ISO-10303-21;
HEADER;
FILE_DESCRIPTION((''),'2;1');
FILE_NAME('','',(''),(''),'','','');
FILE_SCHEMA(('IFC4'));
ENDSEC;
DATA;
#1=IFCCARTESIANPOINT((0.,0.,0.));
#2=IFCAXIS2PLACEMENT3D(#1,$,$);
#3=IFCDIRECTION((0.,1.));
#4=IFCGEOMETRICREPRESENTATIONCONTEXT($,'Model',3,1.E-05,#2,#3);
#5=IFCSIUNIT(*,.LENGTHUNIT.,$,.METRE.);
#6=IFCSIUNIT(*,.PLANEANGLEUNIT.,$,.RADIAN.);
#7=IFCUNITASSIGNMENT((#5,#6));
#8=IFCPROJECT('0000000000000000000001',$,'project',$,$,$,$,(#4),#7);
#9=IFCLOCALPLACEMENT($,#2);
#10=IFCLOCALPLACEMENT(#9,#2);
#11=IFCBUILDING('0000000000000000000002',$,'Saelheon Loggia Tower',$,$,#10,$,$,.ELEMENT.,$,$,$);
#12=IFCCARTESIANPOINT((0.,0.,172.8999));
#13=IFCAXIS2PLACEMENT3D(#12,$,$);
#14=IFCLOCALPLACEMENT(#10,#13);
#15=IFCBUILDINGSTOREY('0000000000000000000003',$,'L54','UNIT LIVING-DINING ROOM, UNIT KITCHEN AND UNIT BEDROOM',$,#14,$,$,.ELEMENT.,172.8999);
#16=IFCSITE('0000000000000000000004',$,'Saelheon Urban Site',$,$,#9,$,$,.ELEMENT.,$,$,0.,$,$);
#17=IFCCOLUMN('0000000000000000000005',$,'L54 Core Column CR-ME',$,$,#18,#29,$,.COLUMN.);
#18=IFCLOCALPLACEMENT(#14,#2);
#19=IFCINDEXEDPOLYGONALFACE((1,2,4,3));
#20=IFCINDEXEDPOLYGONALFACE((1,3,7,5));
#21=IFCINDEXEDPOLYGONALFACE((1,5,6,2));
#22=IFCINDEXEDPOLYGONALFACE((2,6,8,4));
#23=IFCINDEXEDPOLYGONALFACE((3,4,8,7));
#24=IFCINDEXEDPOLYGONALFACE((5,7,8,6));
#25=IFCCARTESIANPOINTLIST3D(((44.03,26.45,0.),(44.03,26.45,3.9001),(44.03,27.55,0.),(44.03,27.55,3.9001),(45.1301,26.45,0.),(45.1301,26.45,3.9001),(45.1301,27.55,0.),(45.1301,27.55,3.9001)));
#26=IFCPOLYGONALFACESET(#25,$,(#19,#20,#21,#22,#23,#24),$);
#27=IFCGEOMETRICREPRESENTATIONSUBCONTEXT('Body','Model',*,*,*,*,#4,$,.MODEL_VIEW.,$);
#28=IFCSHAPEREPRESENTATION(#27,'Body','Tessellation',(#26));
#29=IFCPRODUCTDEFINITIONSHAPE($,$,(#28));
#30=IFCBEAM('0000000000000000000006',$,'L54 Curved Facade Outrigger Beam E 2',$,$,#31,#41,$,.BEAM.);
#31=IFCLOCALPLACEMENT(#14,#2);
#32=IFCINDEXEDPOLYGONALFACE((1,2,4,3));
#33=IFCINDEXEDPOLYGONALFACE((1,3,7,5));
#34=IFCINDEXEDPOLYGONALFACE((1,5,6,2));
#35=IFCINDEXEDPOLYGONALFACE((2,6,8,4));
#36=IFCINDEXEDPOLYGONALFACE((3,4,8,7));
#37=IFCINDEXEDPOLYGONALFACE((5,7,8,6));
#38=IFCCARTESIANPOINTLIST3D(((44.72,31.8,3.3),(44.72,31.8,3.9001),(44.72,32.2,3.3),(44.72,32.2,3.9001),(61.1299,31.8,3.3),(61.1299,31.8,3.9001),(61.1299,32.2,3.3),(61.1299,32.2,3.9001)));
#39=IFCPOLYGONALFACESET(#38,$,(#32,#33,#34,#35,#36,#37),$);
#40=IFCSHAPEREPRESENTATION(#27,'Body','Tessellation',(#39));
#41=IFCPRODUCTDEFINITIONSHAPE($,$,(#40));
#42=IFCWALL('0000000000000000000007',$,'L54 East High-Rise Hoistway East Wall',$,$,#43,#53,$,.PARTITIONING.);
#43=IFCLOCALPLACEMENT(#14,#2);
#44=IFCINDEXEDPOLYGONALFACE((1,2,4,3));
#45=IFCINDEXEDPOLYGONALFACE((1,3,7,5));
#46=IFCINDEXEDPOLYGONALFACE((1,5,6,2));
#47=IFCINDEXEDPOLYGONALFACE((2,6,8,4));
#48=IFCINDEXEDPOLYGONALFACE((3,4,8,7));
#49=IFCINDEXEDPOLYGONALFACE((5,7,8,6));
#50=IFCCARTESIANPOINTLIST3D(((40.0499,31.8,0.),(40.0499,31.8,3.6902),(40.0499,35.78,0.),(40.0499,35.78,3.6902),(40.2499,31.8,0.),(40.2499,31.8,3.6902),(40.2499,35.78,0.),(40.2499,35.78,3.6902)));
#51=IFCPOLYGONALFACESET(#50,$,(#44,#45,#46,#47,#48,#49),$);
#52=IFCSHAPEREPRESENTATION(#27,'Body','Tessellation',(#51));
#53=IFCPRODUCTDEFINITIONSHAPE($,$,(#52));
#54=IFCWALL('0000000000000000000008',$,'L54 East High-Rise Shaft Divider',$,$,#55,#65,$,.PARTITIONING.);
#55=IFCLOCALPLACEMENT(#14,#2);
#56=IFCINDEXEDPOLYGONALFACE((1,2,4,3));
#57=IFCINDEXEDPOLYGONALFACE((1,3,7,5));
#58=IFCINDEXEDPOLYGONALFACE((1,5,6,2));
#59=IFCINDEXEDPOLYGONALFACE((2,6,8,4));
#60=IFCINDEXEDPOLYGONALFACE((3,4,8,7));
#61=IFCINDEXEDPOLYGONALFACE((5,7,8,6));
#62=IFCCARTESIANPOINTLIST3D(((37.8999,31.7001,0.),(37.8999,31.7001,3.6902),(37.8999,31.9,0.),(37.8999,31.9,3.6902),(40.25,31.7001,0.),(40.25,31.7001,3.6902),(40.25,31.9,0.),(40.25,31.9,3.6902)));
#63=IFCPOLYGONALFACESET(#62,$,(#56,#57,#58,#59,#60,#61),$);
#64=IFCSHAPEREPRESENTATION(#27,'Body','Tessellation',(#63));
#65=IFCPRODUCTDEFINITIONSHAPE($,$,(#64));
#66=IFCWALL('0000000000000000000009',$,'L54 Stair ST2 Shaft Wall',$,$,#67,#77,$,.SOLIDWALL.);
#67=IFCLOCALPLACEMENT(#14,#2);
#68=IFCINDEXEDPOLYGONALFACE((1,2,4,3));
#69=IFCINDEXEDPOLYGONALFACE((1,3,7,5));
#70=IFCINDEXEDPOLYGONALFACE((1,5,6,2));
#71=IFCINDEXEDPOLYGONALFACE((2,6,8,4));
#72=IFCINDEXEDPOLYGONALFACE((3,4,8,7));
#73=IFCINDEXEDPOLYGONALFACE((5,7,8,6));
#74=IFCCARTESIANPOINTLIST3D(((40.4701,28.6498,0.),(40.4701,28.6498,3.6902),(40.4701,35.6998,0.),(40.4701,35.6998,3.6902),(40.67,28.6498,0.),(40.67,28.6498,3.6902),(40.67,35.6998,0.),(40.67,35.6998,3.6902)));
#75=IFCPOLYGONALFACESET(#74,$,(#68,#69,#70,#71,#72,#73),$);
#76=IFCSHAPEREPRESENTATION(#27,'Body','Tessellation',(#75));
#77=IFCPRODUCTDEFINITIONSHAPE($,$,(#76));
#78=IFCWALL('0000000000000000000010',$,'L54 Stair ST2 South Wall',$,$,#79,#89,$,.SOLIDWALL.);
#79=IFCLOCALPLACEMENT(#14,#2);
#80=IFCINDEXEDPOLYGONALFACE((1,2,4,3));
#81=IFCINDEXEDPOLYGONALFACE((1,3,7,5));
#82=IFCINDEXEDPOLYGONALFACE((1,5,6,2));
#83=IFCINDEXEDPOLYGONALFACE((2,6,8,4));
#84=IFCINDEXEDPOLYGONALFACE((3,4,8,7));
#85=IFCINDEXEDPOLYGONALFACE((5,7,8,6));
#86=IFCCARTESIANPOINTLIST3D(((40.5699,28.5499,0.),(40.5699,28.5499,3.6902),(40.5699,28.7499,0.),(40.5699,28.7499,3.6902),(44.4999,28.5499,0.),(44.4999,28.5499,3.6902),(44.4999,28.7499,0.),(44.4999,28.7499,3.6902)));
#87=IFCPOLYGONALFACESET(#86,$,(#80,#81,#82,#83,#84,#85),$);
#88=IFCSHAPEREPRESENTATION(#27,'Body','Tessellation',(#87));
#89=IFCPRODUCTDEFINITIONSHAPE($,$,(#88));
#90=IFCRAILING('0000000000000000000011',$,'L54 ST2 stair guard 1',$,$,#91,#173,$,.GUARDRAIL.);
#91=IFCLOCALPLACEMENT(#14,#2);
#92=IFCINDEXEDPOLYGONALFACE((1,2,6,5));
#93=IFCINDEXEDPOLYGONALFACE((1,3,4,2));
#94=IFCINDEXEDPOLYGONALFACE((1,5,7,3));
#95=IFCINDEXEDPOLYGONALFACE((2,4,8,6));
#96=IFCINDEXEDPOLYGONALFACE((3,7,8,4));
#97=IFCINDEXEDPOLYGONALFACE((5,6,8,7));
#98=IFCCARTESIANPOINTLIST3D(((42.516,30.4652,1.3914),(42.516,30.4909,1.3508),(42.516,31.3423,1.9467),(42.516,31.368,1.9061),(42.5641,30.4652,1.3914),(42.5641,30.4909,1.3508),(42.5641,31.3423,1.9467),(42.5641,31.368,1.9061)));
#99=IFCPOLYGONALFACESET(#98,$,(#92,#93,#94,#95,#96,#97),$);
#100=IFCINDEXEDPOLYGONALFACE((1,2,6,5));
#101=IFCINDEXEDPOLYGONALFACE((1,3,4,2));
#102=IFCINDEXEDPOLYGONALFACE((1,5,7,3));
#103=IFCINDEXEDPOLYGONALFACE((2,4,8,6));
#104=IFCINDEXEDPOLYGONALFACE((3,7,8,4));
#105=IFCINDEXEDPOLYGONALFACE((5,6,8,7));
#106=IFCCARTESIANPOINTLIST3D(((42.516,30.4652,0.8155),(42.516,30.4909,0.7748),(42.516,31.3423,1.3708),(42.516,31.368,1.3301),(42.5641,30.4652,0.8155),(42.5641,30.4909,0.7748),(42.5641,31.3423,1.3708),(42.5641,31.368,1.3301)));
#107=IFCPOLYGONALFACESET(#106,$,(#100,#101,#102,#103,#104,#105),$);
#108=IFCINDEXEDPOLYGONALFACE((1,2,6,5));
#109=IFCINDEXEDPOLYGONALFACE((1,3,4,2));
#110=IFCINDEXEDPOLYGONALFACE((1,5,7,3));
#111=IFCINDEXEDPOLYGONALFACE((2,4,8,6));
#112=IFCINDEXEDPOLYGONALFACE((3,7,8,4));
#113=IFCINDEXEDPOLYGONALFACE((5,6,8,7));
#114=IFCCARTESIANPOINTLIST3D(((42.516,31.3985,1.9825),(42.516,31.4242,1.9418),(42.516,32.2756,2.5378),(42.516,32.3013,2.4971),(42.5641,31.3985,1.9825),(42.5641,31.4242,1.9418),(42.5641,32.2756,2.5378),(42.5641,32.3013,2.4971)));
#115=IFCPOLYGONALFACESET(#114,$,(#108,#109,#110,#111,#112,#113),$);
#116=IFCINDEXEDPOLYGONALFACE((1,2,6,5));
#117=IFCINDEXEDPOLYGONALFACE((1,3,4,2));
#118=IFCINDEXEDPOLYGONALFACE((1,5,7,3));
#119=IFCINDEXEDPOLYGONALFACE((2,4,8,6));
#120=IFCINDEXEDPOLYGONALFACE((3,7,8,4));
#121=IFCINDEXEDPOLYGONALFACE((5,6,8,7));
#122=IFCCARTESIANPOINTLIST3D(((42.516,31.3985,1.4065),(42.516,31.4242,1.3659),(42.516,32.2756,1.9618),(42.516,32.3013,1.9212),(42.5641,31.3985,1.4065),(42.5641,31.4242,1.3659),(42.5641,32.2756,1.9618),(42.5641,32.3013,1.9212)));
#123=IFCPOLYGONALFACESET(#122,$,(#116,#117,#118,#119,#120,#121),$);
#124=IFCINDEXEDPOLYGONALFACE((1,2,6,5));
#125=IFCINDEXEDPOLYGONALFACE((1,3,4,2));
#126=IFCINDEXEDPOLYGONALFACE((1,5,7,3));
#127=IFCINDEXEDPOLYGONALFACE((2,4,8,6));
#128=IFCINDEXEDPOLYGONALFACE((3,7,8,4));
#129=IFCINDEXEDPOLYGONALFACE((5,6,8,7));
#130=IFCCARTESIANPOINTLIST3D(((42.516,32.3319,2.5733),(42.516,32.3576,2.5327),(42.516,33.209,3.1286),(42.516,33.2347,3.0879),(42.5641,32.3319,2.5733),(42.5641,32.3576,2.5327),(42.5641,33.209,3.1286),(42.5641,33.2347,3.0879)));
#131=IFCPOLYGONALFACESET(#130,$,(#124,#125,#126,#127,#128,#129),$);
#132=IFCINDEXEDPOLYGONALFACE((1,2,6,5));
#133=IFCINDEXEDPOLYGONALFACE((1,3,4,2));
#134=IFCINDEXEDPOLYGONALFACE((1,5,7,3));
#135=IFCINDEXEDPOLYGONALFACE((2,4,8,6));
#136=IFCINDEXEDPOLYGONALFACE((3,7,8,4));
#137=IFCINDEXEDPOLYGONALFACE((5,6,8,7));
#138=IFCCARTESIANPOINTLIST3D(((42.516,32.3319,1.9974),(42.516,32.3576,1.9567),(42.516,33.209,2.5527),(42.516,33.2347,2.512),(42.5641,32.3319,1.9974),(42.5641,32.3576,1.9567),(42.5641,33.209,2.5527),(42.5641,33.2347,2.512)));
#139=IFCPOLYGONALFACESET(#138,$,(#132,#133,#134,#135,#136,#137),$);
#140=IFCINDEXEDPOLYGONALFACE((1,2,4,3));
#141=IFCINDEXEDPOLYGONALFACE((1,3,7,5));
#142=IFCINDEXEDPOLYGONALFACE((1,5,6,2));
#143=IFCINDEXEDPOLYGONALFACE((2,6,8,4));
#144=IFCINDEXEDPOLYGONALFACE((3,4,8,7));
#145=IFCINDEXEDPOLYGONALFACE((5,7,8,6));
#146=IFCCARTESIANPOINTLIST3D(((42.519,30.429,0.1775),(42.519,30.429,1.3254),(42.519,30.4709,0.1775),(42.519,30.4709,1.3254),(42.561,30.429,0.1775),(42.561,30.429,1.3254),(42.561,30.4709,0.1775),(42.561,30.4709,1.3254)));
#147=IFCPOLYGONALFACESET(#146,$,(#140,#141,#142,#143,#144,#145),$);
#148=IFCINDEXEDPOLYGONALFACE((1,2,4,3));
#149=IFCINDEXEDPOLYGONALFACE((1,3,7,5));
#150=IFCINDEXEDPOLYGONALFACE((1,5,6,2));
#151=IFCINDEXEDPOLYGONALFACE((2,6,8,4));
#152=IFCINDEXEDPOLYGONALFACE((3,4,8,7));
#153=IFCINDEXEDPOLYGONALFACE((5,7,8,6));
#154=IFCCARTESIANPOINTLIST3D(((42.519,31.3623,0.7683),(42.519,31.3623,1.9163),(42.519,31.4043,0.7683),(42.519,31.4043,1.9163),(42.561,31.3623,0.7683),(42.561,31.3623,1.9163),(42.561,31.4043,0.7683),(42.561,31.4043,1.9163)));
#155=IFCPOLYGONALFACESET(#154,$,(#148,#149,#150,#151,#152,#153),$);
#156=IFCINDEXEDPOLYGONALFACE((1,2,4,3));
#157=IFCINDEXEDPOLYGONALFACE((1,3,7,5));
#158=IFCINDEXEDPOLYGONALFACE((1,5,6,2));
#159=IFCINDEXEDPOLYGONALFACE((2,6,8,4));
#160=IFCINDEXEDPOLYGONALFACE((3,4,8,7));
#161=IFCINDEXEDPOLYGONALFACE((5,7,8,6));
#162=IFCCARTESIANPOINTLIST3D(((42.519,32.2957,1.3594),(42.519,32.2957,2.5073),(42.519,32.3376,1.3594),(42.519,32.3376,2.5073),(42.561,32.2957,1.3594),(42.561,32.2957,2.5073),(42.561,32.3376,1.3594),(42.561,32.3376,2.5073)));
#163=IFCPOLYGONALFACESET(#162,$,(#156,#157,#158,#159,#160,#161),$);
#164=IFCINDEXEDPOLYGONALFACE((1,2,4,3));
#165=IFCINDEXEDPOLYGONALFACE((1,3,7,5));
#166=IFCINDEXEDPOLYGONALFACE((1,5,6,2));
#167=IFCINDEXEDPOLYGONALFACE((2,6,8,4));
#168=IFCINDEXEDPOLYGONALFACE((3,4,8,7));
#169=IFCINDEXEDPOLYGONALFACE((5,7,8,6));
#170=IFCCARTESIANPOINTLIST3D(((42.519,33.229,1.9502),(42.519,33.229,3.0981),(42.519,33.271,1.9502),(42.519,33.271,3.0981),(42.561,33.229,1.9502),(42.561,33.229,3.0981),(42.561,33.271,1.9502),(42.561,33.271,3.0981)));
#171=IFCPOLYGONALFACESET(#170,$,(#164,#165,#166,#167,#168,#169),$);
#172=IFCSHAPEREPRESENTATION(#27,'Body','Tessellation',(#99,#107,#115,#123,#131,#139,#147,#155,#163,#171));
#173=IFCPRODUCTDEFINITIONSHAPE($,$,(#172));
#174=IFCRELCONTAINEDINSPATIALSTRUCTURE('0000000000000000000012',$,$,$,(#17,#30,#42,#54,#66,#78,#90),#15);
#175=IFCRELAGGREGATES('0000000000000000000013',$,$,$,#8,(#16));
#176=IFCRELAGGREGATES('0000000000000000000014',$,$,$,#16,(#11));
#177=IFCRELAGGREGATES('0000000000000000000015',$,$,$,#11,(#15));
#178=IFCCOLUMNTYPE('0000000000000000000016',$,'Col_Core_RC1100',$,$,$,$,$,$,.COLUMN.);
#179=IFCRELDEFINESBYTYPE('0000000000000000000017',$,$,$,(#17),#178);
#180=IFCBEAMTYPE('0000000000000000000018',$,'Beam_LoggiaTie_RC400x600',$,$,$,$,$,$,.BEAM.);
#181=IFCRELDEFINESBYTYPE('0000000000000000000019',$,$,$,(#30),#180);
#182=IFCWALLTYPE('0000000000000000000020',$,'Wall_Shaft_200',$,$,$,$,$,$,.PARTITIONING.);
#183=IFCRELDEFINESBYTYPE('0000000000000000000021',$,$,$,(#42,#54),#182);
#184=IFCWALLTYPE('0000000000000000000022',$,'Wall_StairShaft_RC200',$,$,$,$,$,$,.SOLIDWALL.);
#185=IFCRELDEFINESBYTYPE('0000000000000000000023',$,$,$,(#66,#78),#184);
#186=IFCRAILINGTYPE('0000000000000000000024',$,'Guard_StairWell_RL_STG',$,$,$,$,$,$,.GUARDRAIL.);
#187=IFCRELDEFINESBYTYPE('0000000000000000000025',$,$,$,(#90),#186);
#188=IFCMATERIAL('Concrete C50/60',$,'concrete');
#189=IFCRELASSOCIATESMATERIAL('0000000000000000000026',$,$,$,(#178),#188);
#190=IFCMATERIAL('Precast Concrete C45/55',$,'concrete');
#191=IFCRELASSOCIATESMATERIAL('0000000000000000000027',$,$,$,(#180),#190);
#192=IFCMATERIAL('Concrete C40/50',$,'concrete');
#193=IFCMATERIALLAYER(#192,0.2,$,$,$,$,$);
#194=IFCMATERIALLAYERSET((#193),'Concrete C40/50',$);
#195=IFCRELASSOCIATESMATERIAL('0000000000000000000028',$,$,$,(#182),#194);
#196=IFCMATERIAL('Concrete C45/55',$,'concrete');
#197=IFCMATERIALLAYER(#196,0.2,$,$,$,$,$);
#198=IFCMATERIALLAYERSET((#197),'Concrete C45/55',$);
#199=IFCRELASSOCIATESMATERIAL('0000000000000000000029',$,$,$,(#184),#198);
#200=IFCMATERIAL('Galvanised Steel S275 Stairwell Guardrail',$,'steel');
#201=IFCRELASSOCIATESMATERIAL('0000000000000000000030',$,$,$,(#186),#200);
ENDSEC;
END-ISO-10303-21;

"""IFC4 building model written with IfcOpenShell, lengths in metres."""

from ifc_helpers import new_model, si_unit, direction, frame, frame_2d, origin, origin_2d, place, context, subcontext, project, spatial, rectangle, extrude, source, transform, mapped, material, layer, layer_set, material_profile, profile_set, type_object, element, save


model = new_model("IFC4")

# Units and contexts
model_context = context("Model", 3, precision=1e-05, world=origin(), true_north=direction((0.0, 1.0)))
body_context = subcontext(model_context, "Body", "Model", "MODEL_VIEW")
ifc_project = project(units=[si_unit("LENGTHUNIT", "METRE"), si_unit("PLANEANGLEUNIT", "RADIAN")], contexts=[model_context])

# Site, building, storey
site_placement = place(None, origin())
site = spatial("IfcSite", under=ifc_project, at=site_placement, Name="Saelheon Urban Site", CompositionType="ELEMENT", RefElevation=0.0)
building_placement = place(site_placement, origin())
building = spatial("IfcBuilding", under=site, at=building_placement, Name="Saelheon Loggia Tower", CompositionType="ELEMENT")
storey_placement = place(building_placement, frame((0.0, 0.0, 172.8999)))
storey = spatial("IfcBuildingStorey", under=building, at=storey_placement, Name="L54", Description="UNIT LIVING-DINING ROOM, UNIT KITCHEN AND UNIT BEDROOM", CompositionType="ELEMENT", Elevation=172.8999)

# Column
ifc_material_1 = material(Name="Concrete C50/60", Category="concrete")
ifc_material_profile_1 = material_profile(ifc_material_1, rectangle(XDim=1.1001, YDim=1.1001, at=origin_2d()), Name="RC-1100x1100")
ifc_profile_set_1 = profile_set([ifc_material_profile_1], Name="Concrete C50/60")
column_type = type_object("IfcColumnType", Name="Col_Core_RC1100", PredefinedType="COLUMN", material=ifc_profile_set_1)
shared_shape_1 = source(origin(), body_context, "Body", "SweptSolid", [
    extrude(rectangle(XDim=1.1001, YDim=1.1001, at=origin_2d()), origin(), (0.0, 0.0, 1.0), 3.9001),
])
column_placement = place(storey_placement, frame((44.5801, 27.0, 0.0), z_axis=(0.0, 0.0, 1.0), x_axis=(1.0, 0.0, 0.0)))
element("IfcColumn", 1, at=column_placement, inside=storey, type_object=column_type, Name="L54 Core Column CR-ME", PredefinedType="COLUMN", context=body_context, shape_type="MappedRepresentation", body=[
    mapped(shared_shape_1, transform((0.0, 0.0, 0.0), scale=1.0)),
])

# Beam
ifc_material_2 = material(Name="Precast Concrete C45/55", Category="concrete")
ifc_material_profile_2 = material_profile(ifc_material_2, rectangle(XDim=0.3999, YDim=0.6001, at=origin_2d()), Name="RC-400x600")
ifc_profile_set_2 = profile_set([ifc_material_profile_2], Name="Precast Concrete C45/55")
beam_type = type_object("IfcBeamType", Name="Beam_LoggiaTie_RC400x600", PredefinedType="BEAM", material=ifc_profile_set_2)
shared_shape_2 = source(origin(), body_context, "Body", "SweptSolid", [
    extrude(rectangle(XDim=0.3999, YDim=0.6001, at=origin_2d()), origin(), (0.0, 0.0, 1.0), 16.4099),
])
beam_placement = place(storey_placement, frame((44.72, 32.0, 3.6001), z_axis=(1.0, 0.0, 0.0), x_axis=(0.0, 1.0, 0.0)))
element("IfcBeam", 2, at=beam_placement, inside=storey, type_object=beam_type, Name="L54 Curved Facade Outrigger Beam E 2", PredefinedType="BEAM", context=body_context, shape_type="MappedRepresentation", body=[
    mapped(shared_shape_2, transform((0.0, 0.0, 0.0), scale=1.0)),
])

# Walls
ifc_material_3 = material(Name="Concrete C40/50", Category="concrete")
ifc_layer_1 = layer(ifc_material_3, 0.2)
ifc_layer_set_1 = layer_set([ifc_layer_1], Name="Concrete C40/50")
wall_type_1 = type_object("IfcWallType", Name="Wall_Shaft_200", PredefinedType="PARTITIONING", material=ifc_layer_set_1)
wall_1_placement = place(storey_placement, frame((40.1499, 31.8, 0.0), z_axis=(0.0, 0.0, 1.0), x_axis=(0.0, 1.0, 0.0)))
element("IfcWall", 3, at=wall_1_placement, inside=storey, type_object=wall_type_1, Name="L54 East High-Rise Hoistway East Wall", PredefinedType="PARTITIONING", context=body_context, shape_type="SweptSolid", body=[
    extrude(rectangle(XDim=3.98, YDim=0.2, at=frame_2d((1.99, 0.0))), origin(), (0.0, 0.0, 1.0), 3.6902),
])
wall_2_placement = place(storey_placement, frame((37.8999, 31.8, 0.0), z_axis=(0.0, 0.0, 1.0), x_axis=(1.0, 0.0, 0.0)))
element("IfcWall", 4, at=wall_2_placement, inside=storey, type_object=wall_type_1, Name="L54 East High-Rise Shaft Divider", PredefinedType="PARTITIONING", context=body_context, shape_type="SweptSolid", body=[
    extrude(rectangle(XDim=2.3501, YDim=0.2, at=frame_2d((1.175, 0.0))), origin(), (0.0, 0.0, 1.0), 3.6902),
])
ifc_material_4 = material(Name="Concrete C45/55", Category="concrete")
ifc_layer_2 = layer(ifc_material_4, 0.2)
ifc_layer_set_2 = layer_set([ifc_layer_2], Name="Concrete C45/55")
wall_type_2 = type_object("IfcWallType", Name="Wall_StairShaft_RC200", PredefinedType="SOLIDWALL", material=ifc_layer_set_2)
wall_3_placement = place(storey_placement, frame((40.5701, 28.6499, 0.0), z_axis=(0.0, 0.0, 1.0), x_axis=(0.0, 1.0, 0.0)))
element("IfcWall", 5, at=wall_3_placement, inside=storey, type_object=wall_type_2, Name="L54 Stair ST2 Shaft Wall", PredefinedType="SOLIDWALL", context=body_context, shape_type="SweptSolid", body=[
    extrude(rectangle(XDim=7.05, YDim=0.2, at=frame_2d((3.5249, 0.0))), origin(), (0.0, 0.0, 1.0), 3.6902),
])
wall_4_placement = place(storey_placement, frame((40.5701, 28.6499, 0.0), z_axis=(0.0, 0.0, 1.0), x_axis=(1.0, 0.0, 0.0)))
element("IfcWall", 6, at=wall_4_placement, inside=storey, type_object=wall_type_2, Name="L54 Stair ST2 South Wall", PredefinedType="SOLIDWALL", context=body_context, shape_type="SweptSolid", body=[
    extrude(rectangle(XDim=3.9299, YDim=0.2, at=frame_2d((1.9648, 0.0))), origin(), (0.0, 0.0, 1.0), 3.6902),
])

# Railing
ifc_material_5 = material(Name="Galvanised Steel S275 Stairwell Guardrail", Category="steel")
railing_type_1 = type_object("IfcRailingType", Name="Guard_StairWell_RL_STG", PredefinedType="GUARDRAIL", material=ifc_material_5)
railing_1_placement = place(storey_placement, frame((42.54, 30.45, 0.1775)))
element("IfcRailing", 7, at=railing_1_placement, inside=storey, type_object=railing_type_1, Name="L54 ST2 stair guard 1", PredefinedType="GUARDRAIL", context=body_context, shape_type="SweptSolid", body=[
    extrude(rectangle(XDim=0.0481, YDim=0.0481, at=origin_2d()), frame((0.0, 0.0281, 1.1936), z_axis=(0.0, 0.844909, 0.53491), x_axis=(-1.0, 0.0, 0.0)), (0.0, 0.0, 1.0), 1.0381),
    extrude(rectangle(XDim=0.0481, YDim=0.0481, at=origin_2d()), frame((0.0, 0.0281, 0.6177), z_axis=(0.0, 0.844909, 0.53491), x_axis=(-1.0, 0.0, 0.0)), (0.0, 0.0, 1.0), 1.0381),
    extrude(rectangle(XDim=0.0481, YDim=0.0481, at=origin_2d()), frame((0.0, 0.9614, 1.7847), z_axis=(0.0, 0.844909, 0.53491), x_axis=(-1.0, 0.0, 0.0)), (0.0, 0.0, 1.0), 1.0381),
    extrude(rectangle(XDim=0.0481, YDim=0.0481, at=origin_2d()), frame((0.0, 0.9614, 1.2087), z_axis=(0.0, 0.844909, 0.53491), x_axis=(-1.0, 0.0, 0.0)), (0.0, 0.0, 1.0), 1.0381),
    extrude(rectangle(XDim=0.0481, YDim=0.0481, at=origin_2d()), frame((0.0, 1.8948, 2.3755), z_axis=(0.0, 0.844909, 0.53491), x_axis=(-1.0, 0.0, 0.0)), (0.0, 0.0, 1.0), 1.0381),
    extrude(rectangle(XDim=0.0481, YDim=0.0481, at=origin_2d()), frame((0.0, 1.8948, 1.7996), z_axis=(0.0, 0.844909, 0.53491), x_axis=(-1.0, 0.0, 0.0)), (0.0, 0.0, 1.0), 1.0381),
    extrude(rectangle(XDim=0.042, YDim=0.042, at=origin_2d()), origin(), (0.0, 0.0, 1.0), 1.1479),
    extrude(rectangle(XDim=0.042, YDim=0.042, at=origin_2d()), frame((0.0, 0.9333, 0.5908)), (0.0, 0.0, 1.0), 1.1479),
    extrude(rectangle(XDim=0.042, YDim=0.042, at=origin_2d()), frame((0.0, 1.8667, 1.1819)), (0.0, 0.0, 1.0), 1.1479),
    extrude(rectangle(XDim=0.042, YDim=0.042, at=origin_2d()), frame((0.0, 2.8, 1.7727)), (0.0, 0.0, 1.0), 1.1479),
])

save(model, "model.ifc")
